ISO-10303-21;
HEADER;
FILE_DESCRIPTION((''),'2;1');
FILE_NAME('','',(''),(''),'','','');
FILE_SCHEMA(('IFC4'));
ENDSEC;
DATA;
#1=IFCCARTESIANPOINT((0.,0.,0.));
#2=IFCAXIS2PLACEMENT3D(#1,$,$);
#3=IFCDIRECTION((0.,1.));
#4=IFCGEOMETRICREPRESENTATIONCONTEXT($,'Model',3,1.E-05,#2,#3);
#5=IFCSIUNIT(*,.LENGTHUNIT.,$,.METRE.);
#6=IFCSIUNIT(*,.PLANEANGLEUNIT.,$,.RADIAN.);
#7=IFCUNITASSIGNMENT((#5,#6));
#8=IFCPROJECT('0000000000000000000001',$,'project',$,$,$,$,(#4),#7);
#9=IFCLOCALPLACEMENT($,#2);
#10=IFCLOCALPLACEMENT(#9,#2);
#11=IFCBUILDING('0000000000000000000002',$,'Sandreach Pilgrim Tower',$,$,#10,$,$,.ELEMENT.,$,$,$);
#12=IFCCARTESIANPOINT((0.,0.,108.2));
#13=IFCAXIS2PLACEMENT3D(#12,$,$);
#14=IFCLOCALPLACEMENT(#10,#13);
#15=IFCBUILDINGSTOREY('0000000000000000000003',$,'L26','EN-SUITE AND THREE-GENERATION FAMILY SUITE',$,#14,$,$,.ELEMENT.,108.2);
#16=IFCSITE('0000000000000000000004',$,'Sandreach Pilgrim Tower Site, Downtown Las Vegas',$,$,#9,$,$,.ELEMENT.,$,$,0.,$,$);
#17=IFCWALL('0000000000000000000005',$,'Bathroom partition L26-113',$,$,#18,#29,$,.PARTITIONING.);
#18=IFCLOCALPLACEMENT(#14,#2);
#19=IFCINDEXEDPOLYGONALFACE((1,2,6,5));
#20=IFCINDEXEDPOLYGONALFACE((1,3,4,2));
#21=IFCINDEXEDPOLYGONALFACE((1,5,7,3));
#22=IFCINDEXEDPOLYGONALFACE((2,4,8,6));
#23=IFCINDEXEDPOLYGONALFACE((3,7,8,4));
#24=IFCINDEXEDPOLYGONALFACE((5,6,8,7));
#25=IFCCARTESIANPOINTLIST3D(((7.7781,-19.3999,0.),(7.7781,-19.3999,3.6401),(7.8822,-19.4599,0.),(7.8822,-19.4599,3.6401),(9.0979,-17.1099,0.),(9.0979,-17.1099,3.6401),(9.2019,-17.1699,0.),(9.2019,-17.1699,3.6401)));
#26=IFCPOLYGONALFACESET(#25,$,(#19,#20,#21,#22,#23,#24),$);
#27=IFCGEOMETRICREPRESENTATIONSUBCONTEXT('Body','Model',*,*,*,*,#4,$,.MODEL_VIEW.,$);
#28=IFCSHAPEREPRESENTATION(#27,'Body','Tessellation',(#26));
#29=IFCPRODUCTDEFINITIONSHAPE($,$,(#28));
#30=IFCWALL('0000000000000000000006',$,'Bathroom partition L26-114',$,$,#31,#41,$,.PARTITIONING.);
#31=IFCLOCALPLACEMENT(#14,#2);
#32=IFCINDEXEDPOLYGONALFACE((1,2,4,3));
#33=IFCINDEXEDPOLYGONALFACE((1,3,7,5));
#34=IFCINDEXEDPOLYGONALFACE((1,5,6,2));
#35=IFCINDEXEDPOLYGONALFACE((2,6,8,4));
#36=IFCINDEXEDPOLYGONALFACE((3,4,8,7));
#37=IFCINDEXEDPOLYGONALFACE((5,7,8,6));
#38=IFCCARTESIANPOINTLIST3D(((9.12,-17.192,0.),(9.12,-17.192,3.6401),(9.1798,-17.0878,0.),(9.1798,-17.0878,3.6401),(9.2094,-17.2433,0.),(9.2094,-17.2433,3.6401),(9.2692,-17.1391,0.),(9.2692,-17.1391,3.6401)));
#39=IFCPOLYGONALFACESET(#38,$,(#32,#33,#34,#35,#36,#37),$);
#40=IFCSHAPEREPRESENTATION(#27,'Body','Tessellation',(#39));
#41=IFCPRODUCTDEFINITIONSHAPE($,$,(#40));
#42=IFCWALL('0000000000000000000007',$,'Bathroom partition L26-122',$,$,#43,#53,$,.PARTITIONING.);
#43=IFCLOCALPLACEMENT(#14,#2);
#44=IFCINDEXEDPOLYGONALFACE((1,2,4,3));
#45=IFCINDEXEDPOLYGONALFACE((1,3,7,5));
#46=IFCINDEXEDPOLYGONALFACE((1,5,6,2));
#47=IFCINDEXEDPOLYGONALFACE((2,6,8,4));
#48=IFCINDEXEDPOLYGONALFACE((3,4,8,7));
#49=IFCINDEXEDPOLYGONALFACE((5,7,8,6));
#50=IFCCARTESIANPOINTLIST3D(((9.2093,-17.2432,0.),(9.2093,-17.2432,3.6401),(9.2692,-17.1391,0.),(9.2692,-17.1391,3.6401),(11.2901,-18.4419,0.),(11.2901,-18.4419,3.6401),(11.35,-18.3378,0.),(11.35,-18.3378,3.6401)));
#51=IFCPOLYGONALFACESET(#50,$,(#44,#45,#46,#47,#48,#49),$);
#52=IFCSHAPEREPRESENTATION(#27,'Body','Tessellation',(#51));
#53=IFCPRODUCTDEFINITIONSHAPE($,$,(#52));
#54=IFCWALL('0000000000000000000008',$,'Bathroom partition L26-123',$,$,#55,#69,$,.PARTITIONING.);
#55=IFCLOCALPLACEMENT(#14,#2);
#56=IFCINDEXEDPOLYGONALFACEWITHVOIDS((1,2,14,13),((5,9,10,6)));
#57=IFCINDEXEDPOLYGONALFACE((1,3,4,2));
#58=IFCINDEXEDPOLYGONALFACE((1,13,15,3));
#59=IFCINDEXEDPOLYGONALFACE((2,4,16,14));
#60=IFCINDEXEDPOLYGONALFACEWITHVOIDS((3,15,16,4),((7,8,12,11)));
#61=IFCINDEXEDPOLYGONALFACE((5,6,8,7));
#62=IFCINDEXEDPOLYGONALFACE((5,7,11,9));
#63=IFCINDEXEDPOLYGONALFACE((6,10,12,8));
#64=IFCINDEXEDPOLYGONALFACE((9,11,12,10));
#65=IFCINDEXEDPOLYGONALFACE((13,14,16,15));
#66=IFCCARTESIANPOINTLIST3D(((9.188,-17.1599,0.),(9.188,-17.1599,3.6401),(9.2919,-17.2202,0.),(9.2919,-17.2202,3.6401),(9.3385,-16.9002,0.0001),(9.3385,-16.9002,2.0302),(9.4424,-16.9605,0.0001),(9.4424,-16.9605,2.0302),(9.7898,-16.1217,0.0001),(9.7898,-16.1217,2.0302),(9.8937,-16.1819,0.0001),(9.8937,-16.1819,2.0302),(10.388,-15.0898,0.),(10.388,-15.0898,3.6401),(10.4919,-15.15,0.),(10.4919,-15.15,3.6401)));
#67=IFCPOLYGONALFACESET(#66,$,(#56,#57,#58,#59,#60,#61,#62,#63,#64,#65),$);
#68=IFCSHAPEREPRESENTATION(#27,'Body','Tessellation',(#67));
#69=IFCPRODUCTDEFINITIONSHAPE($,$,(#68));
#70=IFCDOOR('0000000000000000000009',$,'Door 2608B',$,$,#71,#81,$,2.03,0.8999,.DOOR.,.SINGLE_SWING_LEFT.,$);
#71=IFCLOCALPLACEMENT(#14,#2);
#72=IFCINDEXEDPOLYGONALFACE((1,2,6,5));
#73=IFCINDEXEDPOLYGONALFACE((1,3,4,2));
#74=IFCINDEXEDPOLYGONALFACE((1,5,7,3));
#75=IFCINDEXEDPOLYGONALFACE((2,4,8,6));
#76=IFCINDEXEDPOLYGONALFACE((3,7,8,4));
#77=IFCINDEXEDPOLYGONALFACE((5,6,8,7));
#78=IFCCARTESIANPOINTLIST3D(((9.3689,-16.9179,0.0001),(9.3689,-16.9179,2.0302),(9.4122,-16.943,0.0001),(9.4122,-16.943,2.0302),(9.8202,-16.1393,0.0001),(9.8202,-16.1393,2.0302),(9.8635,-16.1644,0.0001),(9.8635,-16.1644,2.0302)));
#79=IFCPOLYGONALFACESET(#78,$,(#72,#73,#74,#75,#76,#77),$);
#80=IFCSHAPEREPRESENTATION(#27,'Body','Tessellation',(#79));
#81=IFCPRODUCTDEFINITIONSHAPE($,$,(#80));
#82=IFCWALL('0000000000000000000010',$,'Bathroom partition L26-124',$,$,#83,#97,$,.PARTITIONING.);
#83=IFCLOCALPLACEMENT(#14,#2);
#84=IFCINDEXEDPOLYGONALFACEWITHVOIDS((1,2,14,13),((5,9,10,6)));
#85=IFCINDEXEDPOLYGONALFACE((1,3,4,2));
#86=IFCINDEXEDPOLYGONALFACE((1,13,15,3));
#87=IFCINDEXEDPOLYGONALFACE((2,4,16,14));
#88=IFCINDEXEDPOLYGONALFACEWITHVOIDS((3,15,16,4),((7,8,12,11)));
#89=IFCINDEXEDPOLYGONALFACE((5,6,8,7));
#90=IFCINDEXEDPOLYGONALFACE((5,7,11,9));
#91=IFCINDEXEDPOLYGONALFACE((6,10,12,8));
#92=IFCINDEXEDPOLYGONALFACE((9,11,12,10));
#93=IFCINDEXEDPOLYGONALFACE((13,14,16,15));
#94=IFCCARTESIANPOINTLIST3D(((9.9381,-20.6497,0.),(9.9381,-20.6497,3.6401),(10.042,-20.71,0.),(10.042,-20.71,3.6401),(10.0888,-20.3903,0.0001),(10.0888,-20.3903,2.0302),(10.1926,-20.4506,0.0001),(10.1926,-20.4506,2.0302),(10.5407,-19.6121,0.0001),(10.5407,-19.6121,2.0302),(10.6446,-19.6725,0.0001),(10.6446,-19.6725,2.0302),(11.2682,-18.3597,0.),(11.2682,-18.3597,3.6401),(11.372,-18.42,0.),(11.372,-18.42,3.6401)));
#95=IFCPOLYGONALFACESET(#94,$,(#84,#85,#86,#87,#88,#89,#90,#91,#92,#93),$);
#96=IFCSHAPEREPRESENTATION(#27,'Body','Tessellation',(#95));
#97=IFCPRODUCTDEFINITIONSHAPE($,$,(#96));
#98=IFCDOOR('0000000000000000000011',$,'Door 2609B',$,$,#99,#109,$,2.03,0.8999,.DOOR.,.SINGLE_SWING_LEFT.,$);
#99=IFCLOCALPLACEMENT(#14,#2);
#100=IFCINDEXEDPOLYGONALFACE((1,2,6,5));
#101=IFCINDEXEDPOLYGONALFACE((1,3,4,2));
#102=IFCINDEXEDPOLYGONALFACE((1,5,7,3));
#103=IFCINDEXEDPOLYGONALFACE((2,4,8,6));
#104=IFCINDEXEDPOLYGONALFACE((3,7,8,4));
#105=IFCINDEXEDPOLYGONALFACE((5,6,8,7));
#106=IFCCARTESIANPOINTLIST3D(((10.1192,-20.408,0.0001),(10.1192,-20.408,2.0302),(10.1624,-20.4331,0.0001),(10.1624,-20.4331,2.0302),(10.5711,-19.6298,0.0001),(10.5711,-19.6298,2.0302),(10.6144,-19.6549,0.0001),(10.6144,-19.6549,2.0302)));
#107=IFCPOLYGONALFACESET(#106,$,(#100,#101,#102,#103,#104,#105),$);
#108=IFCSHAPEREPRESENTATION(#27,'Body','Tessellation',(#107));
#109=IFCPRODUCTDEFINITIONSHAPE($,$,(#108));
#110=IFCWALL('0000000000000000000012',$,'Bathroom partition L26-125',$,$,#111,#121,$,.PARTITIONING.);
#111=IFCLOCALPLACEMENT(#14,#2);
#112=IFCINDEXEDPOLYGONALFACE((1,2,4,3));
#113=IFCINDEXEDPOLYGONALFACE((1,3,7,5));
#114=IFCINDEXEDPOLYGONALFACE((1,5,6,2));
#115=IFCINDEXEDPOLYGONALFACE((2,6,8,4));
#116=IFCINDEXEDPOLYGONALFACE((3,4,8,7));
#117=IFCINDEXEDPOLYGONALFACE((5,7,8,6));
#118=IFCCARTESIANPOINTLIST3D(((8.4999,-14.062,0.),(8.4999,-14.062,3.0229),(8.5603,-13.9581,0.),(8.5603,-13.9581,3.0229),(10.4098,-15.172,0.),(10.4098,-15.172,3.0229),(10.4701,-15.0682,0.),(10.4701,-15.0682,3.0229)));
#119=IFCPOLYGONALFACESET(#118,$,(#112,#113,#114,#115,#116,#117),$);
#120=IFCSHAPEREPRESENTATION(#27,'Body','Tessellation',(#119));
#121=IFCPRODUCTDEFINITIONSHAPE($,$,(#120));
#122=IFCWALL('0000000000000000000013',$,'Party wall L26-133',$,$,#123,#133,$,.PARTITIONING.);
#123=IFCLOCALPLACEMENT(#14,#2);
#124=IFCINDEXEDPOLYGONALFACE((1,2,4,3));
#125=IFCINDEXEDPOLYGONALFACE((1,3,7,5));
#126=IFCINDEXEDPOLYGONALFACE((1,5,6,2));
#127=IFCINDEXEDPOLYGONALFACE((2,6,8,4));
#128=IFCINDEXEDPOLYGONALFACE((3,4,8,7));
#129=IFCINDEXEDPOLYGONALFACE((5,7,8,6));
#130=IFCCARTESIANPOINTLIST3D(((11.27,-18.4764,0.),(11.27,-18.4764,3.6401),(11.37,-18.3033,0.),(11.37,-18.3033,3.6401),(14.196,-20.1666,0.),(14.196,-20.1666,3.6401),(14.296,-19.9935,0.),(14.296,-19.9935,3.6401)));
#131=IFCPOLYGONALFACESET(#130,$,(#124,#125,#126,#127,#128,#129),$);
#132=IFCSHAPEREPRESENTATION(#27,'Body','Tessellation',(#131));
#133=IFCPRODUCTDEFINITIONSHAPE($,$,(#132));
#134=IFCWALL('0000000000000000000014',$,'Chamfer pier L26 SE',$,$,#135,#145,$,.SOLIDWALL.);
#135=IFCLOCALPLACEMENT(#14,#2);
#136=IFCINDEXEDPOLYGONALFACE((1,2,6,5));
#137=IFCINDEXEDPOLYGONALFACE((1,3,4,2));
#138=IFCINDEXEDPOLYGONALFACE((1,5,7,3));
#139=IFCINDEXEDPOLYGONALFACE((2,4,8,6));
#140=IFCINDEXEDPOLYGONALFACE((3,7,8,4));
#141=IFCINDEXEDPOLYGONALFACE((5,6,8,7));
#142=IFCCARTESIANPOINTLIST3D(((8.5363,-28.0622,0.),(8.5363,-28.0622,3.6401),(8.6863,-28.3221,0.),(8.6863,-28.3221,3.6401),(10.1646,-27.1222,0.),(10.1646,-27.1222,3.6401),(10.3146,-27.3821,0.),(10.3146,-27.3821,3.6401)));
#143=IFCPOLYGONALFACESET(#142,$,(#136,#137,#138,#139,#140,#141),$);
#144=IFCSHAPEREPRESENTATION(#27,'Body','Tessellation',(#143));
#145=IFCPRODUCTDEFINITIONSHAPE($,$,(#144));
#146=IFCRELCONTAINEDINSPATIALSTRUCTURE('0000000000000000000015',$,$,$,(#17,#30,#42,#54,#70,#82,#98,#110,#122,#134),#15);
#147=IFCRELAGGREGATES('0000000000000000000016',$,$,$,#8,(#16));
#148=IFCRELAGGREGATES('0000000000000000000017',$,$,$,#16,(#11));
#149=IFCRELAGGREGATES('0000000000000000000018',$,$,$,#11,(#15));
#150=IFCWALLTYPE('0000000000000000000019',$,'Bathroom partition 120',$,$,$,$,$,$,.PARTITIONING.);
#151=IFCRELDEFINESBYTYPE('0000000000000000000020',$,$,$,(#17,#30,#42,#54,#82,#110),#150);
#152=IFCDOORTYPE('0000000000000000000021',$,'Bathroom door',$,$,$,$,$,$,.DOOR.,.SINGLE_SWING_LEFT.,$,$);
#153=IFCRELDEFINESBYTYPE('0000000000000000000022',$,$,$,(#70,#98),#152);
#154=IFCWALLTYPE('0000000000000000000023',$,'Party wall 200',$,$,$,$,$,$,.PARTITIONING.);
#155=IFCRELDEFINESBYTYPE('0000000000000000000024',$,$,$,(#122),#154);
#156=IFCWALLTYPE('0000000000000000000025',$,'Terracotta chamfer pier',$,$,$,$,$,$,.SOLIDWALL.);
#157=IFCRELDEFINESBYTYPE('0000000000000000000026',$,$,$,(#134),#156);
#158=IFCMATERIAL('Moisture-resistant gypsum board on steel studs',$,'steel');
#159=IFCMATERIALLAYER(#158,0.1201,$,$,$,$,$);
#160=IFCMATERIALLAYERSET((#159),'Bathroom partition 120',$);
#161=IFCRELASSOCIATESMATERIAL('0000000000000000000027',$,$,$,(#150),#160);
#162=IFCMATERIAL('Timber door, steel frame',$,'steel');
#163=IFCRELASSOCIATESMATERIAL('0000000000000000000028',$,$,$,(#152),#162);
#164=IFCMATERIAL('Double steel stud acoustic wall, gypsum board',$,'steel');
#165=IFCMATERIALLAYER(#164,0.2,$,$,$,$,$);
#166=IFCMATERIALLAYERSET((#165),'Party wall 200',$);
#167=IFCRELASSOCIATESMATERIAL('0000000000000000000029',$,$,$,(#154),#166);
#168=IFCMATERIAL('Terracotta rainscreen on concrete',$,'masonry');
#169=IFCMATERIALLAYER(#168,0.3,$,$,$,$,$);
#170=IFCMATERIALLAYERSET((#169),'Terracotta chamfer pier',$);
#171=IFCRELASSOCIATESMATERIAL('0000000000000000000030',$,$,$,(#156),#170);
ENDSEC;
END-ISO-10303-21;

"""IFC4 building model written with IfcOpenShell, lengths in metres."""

from ifc_helpers import new_model, si_unit, direction, frame, frame_2d, origin, place, context, subcontext, project, spatial, rectangle, extrude, material, layer, layer_set, type_object, element, fill, save


model = new_model("IFC4")

# Units and contexts
model_context = context("Model", 3, precision=1e-05, world=origin(), true_north=direction((0.0, 1.0)))
body_context = subcontext(model_context, "Body", "Model", "MODEL_VIEW")
ifc_project = project(units=[si_unit("LENGTHUNIT", "METRE"), si_unit("PLANEANGLEUNIT", "RADIAN")], contexts=[model_context])

# Site, building, storey
site_placement = place(None, origin())
site = spatial("IfcSite", under=ifc_project, at=site_placement, Name="Sandreach Pilgrim Tower Site, Downtown Las Vegas", CompositionType="ELEMENT", RefElevation=0.0)
building_placement = place(site_placement, origin())
building = spatial("IfcBuilding", under=site, at=building_placement, Name="Sandreach Pilgrim Tower", CompositionType="ELEMENT")
storey_placement = place(building_placement, frame((0.0, 0.0, 108.2)))
storey = spatial("IfcBuildingStorey", under=building, at=storey_placement, Name="L26", Description="EN-SUITE AND THREE-GENERATION FAMILY SUITE", CompositionType="ELEMENT", Elevation=108.2)

# Walls
ifc_material_1 = material(Name="Moisture-resistant gypsum board on steel studs", Category="steel")
ifc_layer_1 = layer(ifc_material_1, 0.1201)
ifc_layer_set_1 = layer_set([ifc_layer_1], Name="Bathroom partition 120")
wall_type_1 = type_object("IfcWallType", Name="Bathroom partition 120", PredefinedType="PARTITIONING", material=ifc_layer_set_1)
wall_1_placement = place(storey_placement, frame((9.1499, -17.1399, 0.0), z_axis=(0.0, 0.0, 1.0), x_axis=(-0.499339, -0.866407, 0.0)))
element("IfcWall", 1, at=wall_1_placement, inside=storey, type_object=wall_type_1, Name="Bathroom partition L26-113", PredefinedType="PARTITIONING", context=body_context, shape_type="SweptSolid", body=[
    extrude(rectangle(XDim=2.6431, YDim=0.1201, at=frame_2d((1.3215, 0.0))), origin(), (0.0, 0.0, 1.0), 3.6401),
])
wall_2_placement = place(storey_placement, frame((9.1499, -17.1399, 0.0), z_axis=(0.0, 0.0, 1.0), x_axis=(0.867367, -0.497669, 0.0)))
element("IfcWall", 2, at=wall_2_placement, inside=storey, type_object=wall_type_1, Name="Bathroom partition L26-114", PredefinedType="PARTITIONING", context=body_context, shape_type="SweptSolid", body=[
    extrude(rectangle(XDim=0.103, YDim=0.1201, at=frame_2d((0.0515, 0.0))), origin(), (0.0, 0.0, 1.0), 3.6401),
])
wall_3_placement = place(storey_placement, frame((9.2393, -17.1912, 0.0), z_axis=(0.0, 0.0, 1.0), x_axis=(0.866499, -0.49918, 0.0)))
element("IfcWall", 3, at=wall_3_placement, inside=storey, type_object=wall_type_1, Name="Bathroom partition L26-122", PredefinedType="PARTITIONING", context=body_context, shape_type="SweptSolid", body=[
    extrude(rectangle(XDim=2.4014, YDim=0.1201, at=frame_2d((1.2007, 0.0))), origin(), (0.0, 0.0, 1.0), 3.6401),
])

# Walls, openings, doors
wall_4_placement = place(storey_placement, frame((9.24, -17.1899, 0.0), z_axis=(0.0, 0.0, 1.0), x_axis=(0.501503, 0.865156, 0.0)))
wall_4 = element("IfcWall", 4, at=wall_4_placement, inside=storey, type_object=wall_type_1, Name="Bathroom partition L26-123", PredefinedType="PARTITIONING", context=body_context, shape_type="SweptSolid", body=[
    extrude(rectangle(XDim=2.3928, YDim=0.1201, at=frame_2d((1.1963, 0.0))), origin(), (0.0, 0.0, 1.0), 3.6401),
])
opening_1_placement = place(wall_4_placement, frame((0.3, 0.0, 0.0)))
opening_1 = element("IfcOpeningElement", 5, at=opening_1_placement, cuts=wall_4, PredefinedType="OPENING", context=body_context, shape_type="SweptSolid", body=[
    extrude(rectangle(XDim=0.8999, YDim=2.03, at=frame_2d((0.45, 1.0151))), frame((0.0, 0.0601, 0.0), z_axis=(0.0, -1.0, 0.0), x_axis=(1.0, 0.0, 0.0)), (0.0, 0.0, 1.0), 0.1201),
])
ifc_material_2 = material(Name="Timber door, steel frame", Category="steel")
door_type = type_object("IfcDoorType", Name="Bathroom door", OperationType="SINGLE_SWING_LEFT", PredefinedType="DOOR", material=ifc_material_2)
door_1_placement = place(opening_1_placement, origin())
door_1 = element("IfcDoor", 6, at=door_1_placement, inside=storey, type_object=door_type, Name="Door 2608B", OperationType="SINGLE_SWING_LEFT", OverallHeight=2.03, OverallWidth=0.8999, PredefinedType="DOOR", context=body_context, shape_type="SweptSolid", body=[
    extrude(rectangle(XDim=0.8999, YDim=2.03, at=frame_2d((0.45, 1.0151))), frame((0.0, 0.0249, 0.0), z_axis=(0.0, -1.0, 0.0), x_axis=(1.0, 0.0, 0.0)), (0.0, 0.0, 1.0), 0.05),
])
fill(opening_1, door_1)
wall_5_placement = place(storey_placement, frame((9.99, -20.6799, 0.0), z_axis=(0.0, 0.0, 1.0), x_axis=(0.502242, 0.864727, 0.0)))
wall_5 = element("IfcWall", 7, at=wall_5_placement, inside=storey, type_object=wall_type_1, Name="Bathroom partition L26-124", PredefinedType="PARTITIONING", context=body_context, shape_type="SweptSolid", body=[
    extrude(rectangle(XDim=2.6482, YDim=0.1201, at=frame_2d((1.3242, 0.0))), origin(), (0.0, 0.0, 1.0), 3.6401),
])
opening_2_placement = place(wall_5_placement, frame((0.3, 0.0, 0.0)))
opening_2 = element("IfcOpeningElement", 8, at=opening_2_placement, cuts=wall_5, PredefinedType="OPENING", context=body_context, shape_type="SweptSolid", body=[
    extrude(rectangle(XDim=0.8999, YDim=2.03, at=frame_2d((0.45, 1.0151))), frame((0.0, 0.0601, 0.0), z_axis=(0.0, -1.0, 0.0), x_axis=(1.0, 0.0, 0.0)), (0.0, 0.0, 1.0), 0.1201),
])
door_2_placement = place(opening_2_placement, origin())
door_2 = element("IfcDoor", 9, at=door_2_placement, inside=storey, type_object=door_type, Name="Door 2609B", OperationType="SINGLE_SWING_LEFT", OverallHeight=2.03, OverallWidth=0.8999, PredefinedType="DOOR", context=body_context, shape_type="SweptSolid", body=[
    extrude(rectangle(XDim=0.8999, YDim=2.03, at=frame_2d((0.45, 1.0151))), frame((0.0, 0.0249, 0.0), z_axis=(0.0, -1.0, 0.0), x_axis=(1.0, 0.0, 0.0)), (0.0, 0.0, 1.0), 0.05),
])
fill(opening_2, door_2)

# Walls
wall_6_placement = place(storey_placement, frame((10.4399, -15.1201, 0.0), z_axis=(0.0, 0.0, 1.0), x_axis=(-0.864567, 0.502517, 0.0)))
element("IfcWall", 10, at=wall_6_placement, inside=storey, type_object=wall_type_1, Name="Bathroom partition L26-125", PredefinedType="PARTITIONING", context=body_context, shape_type="SweptSolid", body=[
    extrude(rectangle(XDim=2.209, YDim=0.1201, at=frame_2d((1.1045, 0.0))), origin(), (0.0, 0.0, 1.0), 3.0229),
])
ifc_material_3 = material(Name="Double steel stud acoustic wall, gypsum board", Category="steel")
ifc_layer_2 = layer(ifc_material_3, 0.2)
ifc_layer_set_2 = layer_set([ifc_layer_2], Name="Party wall 200")
wall_type_2 = type_object("IfcWallType", Name="Party wall 200", PredefinedType="PARTITIONING", material=ifc_layer_set_2)
wall_7_placement = place(storey_placement, frame((11.3201, -18.3899, 0.0), z_axis=(0.0, 0.0, 1.0), x_axis=(0.865917, -0.500187, 0.0)))
element("IfcWall", 11, at=wall_7_placement, inside=storey, type_object=wall_type_2, Name="Party wall L26-133", PredefinedType="PARTITIONING", context=body_context, shape_type="SweptSolid", body=[
    extrude(rectangle(XDim=3.3792, YDim=0.2, at=frame_2d((1.6895, 0.0))), origin(), (0.0, 0.0, 1.0), 3.6401),
])
ifc_material_4 = material(Name="Terracotta rainscreen on concrete", Category="masonry")
ifc_layer_3 = layer(ifc_material_4, 0.3)
ifc_layer_set_3 = layer_set([ifc_layer_3], Name="Terracotta chamfer pier")
wall_type_3 = type_object("IfcWallType", Name="Terracotta chamfer pier", PredefinedType="SOLIDWALL", material=ifc_layer_set_3)
wall_8_placement = place(storey_placement, frame((10.2395, -27.2522, 0.0), z_axis=(0.0, 0.0, 1.0), x_axis=(-0.866045, -0.499966, 0.0)))
element("IfcWall", 12, at=wall_8_placement, inside=storey, type_object=wall_type_3, Name="Chamfer pier L26 SE", PredefinedType="SOLIDWALL", context=body_context, shape_type="SweptSolid", body=[
    extrude(rectangle(XDim=1.8801, YDim=0.3, at=frame_2d((0.9399, 0.0))), origin(), (0.0, 0.0, 1.0), 3.6401),
])

save(model, "model.ifc")
